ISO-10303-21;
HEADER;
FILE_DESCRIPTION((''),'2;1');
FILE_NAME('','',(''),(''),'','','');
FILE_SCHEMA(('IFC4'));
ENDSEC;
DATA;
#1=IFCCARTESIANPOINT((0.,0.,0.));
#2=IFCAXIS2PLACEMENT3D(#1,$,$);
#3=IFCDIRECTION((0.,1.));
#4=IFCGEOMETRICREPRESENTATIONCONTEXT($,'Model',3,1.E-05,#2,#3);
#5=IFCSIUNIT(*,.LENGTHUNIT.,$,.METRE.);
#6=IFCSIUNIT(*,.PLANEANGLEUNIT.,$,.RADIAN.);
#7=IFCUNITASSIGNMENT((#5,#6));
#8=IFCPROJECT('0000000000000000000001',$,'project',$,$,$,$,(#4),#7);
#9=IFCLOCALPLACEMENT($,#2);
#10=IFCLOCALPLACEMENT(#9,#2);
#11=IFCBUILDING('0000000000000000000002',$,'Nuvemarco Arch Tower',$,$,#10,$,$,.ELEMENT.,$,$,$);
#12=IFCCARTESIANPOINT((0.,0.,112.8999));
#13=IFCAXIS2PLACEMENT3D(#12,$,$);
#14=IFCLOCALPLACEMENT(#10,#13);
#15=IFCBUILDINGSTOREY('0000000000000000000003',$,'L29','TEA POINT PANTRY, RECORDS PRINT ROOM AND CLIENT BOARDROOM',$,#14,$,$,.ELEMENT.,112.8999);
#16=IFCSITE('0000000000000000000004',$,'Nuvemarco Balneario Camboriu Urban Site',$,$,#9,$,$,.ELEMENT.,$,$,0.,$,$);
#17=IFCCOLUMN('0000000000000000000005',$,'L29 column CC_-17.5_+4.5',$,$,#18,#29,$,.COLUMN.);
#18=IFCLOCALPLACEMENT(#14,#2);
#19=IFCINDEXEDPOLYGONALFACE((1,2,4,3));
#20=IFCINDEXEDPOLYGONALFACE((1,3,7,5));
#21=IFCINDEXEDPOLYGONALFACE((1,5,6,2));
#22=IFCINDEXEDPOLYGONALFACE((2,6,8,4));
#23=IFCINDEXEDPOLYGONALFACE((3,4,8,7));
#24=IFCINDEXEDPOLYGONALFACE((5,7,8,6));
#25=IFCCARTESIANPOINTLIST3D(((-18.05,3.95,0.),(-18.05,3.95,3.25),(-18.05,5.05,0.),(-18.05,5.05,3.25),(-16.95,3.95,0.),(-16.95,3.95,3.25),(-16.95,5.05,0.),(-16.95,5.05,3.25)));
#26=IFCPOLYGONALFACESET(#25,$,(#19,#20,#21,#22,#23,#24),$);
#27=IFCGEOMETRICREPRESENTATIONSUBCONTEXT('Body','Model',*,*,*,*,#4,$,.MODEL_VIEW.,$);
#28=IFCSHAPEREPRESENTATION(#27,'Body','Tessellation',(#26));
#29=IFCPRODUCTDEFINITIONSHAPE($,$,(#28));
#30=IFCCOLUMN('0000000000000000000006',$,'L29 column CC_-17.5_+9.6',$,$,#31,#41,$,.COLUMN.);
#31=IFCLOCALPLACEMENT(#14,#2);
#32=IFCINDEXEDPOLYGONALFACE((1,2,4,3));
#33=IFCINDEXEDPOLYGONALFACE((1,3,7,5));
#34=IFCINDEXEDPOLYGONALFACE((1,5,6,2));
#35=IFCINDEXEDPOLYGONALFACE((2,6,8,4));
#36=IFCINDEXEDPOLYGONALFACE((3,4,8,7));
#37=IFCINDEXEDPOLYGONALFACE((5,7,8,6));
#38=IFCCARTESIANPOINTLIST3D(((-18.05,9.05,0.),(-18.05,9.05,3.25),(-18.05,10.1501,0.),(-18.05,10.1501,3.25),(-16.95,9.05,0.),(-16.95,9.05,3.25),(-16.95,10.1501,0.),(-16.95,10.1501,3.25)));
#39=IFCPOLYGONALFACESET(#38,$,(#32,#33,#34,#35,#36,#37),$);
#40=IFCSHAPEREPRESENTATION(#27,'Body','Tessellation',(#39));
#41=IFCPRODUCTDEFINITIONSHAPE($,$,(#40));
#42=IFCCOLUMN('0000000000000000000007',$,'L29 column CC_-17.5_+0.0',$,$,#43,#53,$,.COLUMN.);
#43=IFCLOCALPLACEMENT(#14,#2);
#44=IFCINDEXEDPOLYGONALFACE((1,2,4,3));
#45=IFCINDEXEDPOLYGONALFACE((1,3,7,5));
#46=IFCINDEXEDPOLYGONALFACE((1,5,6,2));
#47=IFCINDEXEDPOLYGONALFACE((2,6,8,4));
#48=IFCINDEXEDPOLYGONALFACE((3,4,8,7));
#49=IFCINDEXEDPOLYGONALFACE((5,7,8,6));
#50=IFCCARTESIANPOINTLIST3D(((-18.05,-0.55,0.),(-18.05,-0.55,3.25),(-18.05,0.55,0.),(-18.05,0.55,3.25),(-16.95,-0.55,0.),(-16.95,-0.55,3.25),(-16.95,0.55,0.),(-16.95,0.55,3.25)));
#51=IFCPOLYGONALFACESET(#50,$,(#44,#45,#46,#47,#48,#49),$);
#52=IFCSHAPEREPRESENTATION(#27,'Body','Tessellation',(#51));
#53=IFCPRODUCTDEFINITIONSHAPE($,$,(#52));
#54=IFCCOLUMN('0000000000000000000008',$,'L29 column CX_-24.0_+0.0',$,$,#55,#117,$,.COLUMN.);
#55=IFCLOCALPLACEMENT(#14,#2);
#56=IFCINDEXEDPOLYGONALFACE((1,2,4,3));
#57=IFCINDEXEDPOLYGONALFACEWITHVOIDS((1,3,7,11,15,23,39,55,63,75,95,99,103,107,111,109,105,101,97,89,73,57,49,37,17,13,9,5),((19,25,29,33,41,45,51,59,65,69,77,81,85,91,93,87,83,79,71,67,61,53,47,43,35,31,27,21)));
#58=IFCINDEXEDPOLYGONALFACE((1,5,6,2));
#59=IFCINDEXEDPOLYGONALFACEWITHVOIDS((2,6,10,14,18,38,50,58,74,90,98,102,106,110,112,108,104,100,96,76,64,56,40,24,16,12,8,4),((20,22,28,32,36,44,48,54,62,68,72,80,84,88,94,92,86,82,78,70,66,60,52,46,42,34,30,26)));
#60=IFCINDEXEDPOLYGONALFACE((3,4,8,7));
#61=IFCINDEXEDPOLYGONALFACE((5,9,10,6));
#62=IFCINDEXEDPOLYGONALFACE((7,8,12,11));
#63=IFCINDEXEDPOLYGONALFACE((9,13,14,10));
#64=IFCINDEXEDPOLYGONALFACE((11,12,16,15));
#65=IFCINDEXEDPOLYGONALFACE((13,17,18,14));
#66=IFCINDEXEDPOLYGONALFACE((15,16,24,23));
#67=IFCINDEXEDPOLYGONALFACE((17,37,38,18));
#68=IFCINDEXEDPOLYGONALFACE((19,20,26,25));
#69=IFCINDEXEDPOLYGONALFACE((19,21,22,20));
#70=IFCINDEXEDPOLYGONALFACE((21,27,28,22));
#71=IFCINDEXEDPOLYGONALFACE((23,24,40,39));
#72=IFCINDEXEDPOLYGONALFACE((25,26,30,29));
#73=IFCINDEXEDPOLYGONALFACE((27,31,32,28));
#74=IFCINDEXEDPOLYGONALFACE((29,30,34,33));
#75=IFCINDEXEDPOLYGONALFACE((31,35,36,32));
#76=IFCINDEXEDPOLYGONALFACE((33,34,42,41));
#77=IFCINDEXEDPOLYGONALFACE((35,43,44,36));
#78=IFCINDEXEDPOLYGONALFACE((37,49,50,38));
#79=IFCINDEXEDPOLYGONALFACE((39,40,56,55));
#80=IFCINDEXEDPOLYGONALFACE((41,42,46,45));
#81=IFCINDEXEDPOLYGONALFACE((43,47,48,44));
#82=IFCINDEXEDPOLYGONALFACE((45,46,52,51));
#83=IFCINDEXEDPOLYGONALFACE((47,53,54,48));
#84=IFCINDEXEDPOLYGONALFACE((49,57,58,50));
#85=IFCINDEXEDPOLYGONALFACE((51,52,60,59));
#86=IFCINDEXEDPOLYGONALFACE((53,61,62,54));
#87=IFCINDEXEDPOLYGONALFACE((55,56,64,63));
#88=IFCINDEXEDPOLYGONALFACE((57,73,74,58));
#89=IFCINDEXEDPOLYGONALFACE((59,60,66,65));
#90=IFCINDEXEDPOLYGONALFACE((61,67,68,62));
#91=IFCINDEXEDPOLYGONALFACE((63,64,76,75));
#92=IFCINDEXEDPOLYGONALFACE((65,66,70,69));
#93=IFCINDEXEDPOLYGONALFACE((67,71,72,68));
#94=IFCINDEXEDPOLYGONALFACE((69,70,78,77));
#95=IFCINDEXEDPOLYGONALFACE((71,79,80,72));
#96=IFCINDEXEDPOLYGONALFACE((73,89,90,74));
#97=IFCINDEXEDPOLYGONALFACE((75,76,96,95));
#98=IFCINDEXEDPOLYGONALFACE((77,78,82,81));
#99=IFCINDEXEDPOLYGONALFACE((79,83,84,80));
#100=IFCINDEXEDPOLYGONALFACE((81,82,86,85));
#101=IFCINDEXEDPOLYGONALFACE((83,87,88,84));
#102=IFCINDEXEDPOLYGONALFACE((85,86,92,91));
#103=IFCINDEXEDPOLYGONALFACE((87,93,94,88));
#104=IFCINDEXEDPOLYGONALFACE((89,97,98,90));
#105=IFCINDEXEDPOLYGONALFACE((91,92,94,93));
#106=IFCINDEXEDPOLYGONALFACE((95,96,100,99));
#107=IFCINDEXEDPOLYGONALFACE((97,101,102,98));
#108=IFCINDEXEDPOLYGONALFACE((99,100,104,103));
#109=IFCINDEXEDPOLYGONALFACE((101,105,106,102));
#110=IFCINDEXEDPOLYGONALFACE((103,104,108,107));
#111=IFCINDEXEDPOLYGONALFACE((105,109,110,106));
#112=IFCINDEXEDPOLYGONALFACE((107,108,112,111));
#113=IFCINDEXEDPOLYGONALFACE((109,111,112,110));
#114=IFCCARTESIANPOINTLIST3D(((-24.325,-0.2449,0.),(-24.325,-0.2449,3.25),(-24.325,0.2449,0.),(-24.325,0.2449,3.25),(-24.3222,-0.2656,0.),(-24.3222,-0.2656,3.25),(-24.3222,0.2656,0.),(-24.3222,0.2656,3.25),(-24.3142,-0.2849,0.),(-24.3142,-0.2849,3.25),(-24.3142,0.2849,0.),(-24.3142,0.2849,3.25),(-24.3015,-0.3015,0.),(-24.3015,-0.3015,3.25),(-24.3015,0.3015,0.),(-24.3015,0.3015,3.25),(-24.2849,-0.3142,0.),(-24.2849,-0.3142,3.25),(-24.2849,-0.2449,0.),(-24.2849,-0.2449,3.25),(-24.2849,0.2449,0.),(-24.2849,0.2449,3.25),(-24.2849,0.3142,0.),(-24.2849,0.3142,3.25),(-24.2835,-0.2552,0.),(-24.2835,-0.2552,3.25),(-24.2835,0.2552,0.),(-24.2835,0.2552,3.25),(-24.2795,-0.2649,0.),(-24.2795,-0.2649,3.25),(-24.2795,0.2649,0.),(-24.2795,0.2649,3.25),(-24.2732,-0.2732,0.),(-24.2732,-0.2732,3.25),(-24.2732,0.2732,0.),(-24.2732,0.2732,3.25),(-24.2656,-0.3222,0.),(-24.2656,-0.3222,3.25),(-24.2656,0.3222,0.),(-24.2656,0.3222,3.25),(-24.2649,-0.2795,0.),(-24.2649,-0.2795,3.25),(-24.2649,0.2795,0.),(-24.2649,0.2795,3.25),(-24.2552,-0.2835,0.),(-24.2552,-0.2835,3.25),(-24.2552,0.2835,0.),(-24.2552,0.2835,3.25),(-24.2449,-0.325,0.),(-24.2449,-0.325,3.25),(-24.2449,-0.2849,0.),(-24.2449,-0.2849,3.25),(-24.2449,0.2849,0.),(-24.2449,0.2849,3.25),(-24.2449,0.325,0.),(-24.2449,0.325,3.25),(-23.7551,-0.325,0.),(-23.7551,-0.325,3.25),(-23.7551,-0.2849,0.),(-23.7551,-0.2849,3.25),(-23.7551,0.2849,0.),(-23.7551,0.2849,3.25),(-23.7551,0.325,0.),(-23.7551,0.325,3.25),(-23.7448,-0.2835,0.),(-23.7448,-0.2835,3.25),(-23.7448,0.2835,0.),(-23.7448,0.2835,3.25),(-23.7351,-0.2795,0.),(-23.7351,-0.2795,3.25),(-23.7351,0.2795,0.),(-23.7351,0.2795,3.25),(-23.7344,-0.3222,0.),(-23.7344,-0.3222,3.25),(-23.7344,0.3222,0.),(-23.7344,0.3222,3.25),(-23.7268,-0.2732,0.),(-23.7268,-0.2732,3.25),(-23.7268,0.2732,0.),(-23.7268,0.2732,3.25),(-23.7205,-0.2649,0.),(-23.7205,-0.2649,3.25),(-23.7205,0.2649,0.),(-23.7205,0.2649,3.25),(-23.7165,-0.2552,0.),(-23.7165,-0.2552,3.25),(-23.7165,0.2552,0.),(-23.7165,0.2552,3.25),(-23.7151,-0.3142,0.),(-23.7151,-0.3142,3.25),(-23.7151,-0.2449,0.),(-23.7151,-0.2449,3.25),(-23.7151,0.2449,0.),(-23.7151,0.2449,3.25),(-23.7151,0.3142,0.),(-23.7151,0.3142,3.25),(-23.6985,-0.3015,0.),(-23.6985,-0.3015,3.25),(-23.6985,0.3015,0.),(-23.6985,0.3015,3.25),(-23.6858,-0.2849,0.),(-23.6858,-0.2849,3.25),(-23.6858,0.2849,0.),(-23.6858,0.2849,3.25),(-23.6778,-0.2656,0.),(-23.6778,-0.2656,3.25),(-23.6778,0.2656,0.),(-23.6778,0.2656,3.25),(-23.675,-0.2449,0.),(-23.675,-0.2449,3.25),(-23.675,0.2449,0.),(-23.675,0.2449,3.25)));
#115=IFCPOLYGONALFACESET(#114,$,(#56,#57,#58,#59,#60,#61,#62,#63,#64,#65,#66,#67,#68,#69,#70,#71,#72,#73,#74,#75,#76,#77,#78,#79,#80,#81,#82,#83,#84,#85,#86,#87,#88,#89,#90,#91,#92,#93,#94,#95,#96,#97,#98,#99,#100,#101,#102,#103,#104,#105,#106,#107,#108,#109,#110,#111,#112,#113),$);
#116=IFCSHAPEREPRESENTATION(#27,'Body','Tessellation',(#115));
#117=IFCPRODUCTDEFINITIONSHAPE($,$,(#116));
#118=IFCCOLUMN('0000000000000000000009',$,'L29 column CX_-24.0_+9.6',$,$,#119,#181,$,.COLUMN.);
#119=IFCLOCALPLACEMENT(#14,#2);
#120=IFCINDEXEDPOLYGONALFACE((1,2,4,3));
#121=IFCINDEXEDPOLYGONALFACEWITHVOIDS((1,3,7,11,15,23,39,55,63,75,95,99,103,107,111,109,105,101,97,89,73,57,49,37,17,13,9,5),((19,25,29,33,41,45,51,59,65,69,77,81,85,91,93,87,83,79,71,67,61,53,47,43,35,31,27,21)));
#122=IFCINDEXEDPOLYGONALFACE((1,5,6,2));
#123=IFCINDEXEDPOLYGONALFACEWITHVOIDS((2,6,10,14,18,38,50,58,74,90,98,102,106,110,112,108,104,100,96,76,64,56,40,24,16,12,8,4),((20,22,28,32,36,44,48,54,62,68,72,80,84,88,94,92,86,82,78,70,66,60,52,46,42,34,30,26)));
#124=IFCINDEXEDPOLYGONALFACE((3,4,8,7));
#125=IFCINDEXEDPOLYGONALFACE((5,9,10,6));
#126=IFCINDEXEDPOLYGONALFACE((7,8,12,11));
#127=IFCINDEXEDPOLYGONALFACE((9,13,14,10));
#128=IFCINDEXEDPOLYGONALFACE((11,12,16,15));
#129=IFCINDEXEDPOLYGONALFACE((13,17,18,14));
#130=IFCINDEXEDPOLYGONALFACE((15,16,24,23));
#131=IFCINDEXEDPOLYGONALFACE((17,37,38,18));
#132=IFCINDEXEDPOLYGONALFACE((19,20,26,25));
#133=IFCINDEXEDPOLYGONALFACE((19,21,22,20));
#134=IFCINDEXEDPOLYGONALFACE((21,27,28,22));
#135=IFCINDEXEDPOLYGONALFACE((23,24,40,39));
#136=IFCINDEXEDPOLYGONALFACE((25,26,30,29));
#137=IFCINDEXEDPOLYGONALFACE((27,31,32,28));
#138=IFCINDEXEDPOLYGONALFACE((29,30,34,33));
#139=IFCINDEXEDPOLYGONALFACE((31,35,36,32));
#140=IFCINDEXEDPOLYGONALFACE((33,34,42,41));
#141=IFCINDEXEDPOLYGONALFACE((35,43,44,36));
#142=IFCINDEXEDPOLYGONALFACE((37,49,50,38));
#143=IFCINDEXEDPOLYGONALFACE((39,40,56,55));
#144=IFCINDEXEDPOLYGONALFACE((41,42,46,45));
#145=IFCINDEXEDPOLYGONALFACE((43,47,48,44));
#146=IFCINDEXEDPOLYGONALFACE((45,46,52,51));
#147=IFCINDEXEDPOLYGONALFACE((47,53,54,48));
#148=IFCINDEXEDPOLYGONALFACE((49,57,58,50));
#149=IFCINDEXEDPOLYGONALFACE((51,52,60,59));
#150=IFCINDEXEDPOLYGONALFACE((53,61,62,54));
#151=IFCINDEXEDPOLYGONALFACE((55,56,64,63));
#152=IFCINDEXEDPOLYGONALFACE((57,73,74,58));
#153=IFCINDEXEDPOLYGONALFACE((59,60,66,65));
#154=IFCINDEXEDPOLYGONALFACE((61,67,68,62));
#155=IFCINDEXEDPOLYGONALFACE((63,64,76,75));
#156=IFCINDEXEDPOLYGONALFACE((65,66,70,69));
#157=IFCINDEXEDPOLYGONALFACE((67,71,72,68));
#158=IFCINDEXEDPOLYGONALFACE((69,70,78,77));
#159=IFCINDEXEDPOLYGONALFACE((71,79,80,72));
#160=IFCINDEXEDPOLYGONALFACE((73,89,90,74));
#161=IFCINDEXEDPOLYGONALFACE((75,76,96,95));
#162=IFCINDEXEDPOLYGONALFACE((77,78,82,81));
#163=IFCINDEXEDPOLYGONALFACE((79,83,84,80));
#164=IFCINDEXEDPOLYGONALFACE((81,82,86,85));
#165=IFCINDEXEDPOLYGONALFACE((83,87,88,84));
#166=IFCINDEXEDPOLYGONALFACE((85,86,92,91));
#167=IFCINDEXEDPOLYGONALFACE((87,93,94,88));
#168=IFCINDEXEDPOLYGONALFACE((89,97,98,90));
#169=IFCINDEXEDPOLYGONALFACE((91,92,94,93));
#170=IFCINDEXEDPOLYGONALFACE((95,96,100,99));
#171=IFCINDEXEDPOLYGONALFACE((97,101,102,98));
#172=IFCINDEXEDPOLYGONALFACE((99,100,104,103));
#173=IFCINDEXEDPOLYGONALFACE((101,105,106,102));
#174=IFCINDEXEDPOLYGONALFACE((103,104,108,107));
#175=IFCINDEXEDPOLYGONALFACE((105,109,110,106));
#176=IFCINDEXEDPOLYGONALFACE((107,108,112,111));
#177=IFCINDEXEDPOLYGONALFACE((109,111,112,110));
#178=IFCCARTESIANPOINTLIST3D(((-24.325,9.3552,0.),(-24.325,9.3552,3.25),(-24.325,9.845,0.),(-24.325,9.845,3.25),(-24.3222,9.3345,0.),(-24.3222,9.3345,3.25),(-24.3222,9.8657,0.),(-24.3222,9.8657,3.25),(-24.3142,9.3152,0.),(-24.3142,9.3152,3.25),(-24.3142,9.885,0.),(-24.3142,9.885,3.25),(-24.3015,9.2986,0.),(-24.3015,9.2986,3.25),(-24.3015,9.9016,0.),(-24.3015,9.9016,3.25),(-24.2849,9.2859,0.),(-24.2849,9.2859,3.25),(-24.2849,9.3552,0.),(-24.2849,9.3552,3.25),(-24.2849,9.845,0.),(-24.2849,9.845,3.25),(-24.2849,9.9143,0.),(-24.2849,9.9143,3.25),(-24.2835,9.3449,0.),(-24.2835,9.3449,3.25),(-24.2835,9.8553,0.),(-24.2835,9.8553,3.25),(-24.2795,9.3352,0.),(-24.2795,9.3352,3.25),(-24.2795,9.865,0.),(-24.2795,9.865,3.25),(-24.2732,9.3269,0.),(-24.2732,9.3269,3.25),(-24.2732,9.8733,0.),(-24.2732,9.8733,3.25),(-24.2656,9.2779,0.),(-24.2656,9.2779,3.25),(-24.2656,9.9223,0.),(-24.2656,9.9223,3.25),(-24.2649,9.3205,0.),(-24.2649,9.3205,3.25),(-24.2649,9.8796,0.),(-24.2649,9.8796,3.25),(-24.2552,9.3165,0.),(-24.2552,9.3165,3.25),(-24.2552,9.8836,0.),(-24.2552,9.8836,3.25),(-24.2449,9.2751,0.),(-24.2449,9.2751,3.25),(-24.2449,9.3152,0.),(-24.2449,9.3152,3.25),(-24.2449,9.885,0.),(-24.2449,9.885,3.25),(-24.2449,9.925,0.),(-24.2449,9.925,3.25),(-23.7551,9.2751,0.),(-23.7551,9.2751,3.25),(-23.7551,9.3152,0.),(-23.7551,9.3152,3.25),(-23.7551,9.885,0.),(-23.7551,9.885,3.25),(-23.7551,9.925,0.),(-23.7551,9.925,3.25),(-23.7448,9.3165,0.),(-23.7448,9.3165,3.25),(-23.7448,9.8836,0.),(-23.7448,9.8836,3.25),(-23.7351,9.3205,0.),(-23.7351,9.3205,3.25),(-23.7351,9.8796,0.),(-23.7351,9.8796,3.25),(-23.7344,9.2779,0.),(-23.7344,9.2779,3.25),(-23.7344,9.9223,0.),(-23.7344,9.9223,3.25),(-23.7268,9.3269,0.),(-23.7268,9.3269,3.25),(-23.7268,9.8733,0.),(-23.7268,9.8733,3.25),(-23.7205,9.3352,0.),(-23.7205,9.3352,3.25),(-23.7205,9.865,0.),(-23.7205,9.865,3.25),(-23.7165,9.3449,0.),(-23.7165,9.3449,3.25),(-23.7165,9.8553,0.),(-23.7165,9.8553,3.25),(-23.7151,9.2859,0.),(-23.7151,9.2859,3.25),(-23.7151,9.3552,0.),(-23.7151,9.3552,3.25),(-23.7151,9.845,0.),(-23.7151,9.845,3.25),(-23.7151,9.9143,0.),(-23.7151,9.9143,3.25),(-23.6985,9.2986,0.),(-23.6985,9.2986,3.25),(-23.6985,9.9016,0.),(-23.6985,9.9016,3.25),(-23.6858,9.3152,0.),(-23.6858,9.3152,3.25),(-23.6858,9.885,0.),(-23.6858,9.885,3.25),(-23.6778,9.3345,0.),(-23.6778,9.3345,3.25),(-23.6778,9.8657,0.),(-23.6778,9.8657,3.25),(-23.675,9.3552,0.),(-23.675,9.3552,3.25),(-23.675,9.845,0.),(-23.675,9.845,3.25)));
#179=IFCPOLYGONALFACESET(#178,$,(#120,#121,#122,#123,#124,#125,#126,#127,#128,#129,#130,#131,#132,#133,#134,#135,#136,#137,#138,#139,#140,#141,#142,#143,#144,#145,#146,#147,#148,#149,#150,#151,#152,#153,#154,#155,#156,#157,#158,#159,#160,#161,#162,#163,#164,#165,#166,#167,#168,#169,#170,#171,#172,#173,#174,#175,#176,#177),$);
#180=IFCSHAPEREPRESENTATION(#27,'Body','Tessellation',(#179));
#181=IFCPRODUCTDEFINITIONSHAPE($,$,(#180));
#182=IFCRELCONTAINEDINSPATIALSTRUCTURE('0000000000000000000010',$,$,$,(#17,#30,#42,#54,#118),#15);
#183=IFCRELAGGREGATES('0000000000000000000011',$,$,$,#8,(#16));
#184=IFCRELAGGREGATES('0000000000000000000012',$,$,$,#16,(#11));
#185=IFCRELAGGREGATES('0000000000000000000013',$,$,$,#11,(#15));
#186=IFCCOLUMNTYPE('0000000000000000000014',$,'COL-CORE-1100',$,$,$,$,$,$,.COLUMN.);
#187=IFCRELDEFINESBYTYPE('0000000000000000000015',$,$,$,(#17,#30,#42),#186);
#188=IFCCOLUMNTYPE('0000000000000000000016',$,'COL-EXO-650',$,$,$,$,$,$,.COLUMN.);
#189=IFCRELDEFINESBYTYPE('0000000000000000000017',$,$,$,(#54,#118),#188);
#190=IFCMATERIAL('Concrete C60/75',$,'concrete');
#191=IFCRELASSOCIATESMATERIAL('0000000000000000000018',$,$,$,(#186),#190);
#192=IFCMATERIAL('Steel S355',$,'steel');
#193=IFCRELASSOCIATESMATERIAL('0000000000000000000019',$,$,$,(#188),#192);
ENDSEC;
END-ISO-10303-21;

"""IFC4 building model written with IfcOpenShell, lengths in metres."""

from ifc_helpers import new_model, si_unit, direction, frame, origin, origin_2d, place, context, subcontext, project, spatial, rectangle, hollow_rectangle, extrude, material, material_profile, profile_set, type_object, element, save


model = new_model("IFC4")

# Units and contexts
model_context = context("Model", 3, precision=1e-05, world=origin(), true_north=direction((0.0, 1.0)))
body_context = subcontext(model_context, "Body", "Model", "MODEL_VIEW")
ifc_project = project(units=[si_unit("LENGTHUNIT", "METRE"), si_unit("PLANEANGLEUNIT", "RADIAN")], contexts=[model_context])

# Site, building, storey
site_placement = place(None, origin())
site = spatial("IfcSite", under=ifc_project, at=site_placement, Name="Nuvemarco Balneario Camboriu Urban Site", CompositionType="ELEMENT", RefElevation=0.0)
building_placement = place(site_placement, origin())
building = spatial("IfcBuilding", under=site, at=building_placement, Name="Nuvemarco Arch Tower", CompositionType="ELEMENT")
storey_placement = place(building_placement, frame((0.0, 0.0, 112.8999)))
storey = spatial("IfcBuildingStorey", under=building, at=storey_placement, Name="L29", Description="TEA POINT PANTRY, RECORDS PRINT ROOM AND CLIENT BOARDROOM", CompositionType="ELEMENT", Elevation=112.8999)

# Columns
ifc_material_1 = material(Name="Concrete C60/75", Category="concrete")
ifc_material_profile_1 = material_profile(ifc_material_1, rectangle(XDim=1.1001, YDim=1.1001, at=origin_2d()), Name="RC-COL-1100x1100")
ifc_profile_set_1 = profile_set([ifc_material_profile_1], Name="Concrete C60/75")
column_type_1 = type_object("IfcColumnType", Name="COL-CORE-1100", PredefinedType="COLUMN", material=ifc_profile_set_1)
for number, where, z_axis, x_axis, name in (
    (1, (-17.5, 4.5, 0.0), (0.0, 0.0, 1.0), (1.0, 0.0, 0.0), "L29 column CC_-17.5_+4.5"),
    (2, (-17.5, 9.6001, 0.0), (0.0, 0.0, 1.0), (1.0, 0.0, 0.0), "L29 column CC_-17.5_+9.6"),
    (3, (-17.5, 0.0, 0.0), (0.0, 0.0, 1.0), (1.0, 0.0, 0.0), "L29 column CC_-17.5_+0.0"),
):
    element("IfcColumn", number, at=place(storey_placement, frame(where, z_axis=z_axis, x_axis=x_axis)), inside=storey, type_object=column_type_1, Name=name, PredefinedType="COLUMN", context=body_context, shape_type="SweptSolid", body=[
        extrude(rectangle(XDim=1.1001, YDim=1.1001, at=origin_2d()), origin(), (0.0, 0.0, 1.0), 3.25),
    ])
ifc_material_2 = material(Name="Steel S355", Category="steel")
ifc_material_profile_2 = material_profile(ifc_material_2, hollow_rectangle(XDim=0.6499, YDim=0.6499, WallThickness=0.04, InnerFilletRadius=0.04, OuterFilletRadius=0.0801, at=origin_2d()), Name="SHS650x650x40")
ifc_profile_set_2 = profile_set([ifc_material_profile_2], Name="Steel S355")
column_type_2 = type_object("IfcColumnType", Name="COL-EXO-650", PredefinedType="COLUMN", material=ifc_profile_set_2)
for number, where, z_axis, x_axis, name in (
    (4, (-24.0, 0.0, 0.0), (0.0, 0.0, 1.0), (1.0, 0.0, 0.0), "L29 column CX_-24.0_+0.0"),
    (5, (-24.0, 9.6001, 0.0), (0.0, 0.0, 1.0), (1.0, 0.0, 0.0), "L29 column CX_-24.0_+9.6"),
):
    element("IfcColumn", number, at=place(storey_placement, frame(where, z_axis=z_axis, x_axis=x_axis)), inside=storey, type_object=column_type_2, Name=name, PredefinedType="COLUMN", context=body_context, shape_type="SweptSolid", body=[
        extrude(hollow_rectangle(XDim=0.6499, YDim=0.6499, WallThickness=0.04, InnerFilletRadius=0.04, OuterFilletRadius=0.0801, at=origin_2d()), origin(), (0.0, 0.0, 1.0), 3.25),
    ])

save(model, "model.ifc")
